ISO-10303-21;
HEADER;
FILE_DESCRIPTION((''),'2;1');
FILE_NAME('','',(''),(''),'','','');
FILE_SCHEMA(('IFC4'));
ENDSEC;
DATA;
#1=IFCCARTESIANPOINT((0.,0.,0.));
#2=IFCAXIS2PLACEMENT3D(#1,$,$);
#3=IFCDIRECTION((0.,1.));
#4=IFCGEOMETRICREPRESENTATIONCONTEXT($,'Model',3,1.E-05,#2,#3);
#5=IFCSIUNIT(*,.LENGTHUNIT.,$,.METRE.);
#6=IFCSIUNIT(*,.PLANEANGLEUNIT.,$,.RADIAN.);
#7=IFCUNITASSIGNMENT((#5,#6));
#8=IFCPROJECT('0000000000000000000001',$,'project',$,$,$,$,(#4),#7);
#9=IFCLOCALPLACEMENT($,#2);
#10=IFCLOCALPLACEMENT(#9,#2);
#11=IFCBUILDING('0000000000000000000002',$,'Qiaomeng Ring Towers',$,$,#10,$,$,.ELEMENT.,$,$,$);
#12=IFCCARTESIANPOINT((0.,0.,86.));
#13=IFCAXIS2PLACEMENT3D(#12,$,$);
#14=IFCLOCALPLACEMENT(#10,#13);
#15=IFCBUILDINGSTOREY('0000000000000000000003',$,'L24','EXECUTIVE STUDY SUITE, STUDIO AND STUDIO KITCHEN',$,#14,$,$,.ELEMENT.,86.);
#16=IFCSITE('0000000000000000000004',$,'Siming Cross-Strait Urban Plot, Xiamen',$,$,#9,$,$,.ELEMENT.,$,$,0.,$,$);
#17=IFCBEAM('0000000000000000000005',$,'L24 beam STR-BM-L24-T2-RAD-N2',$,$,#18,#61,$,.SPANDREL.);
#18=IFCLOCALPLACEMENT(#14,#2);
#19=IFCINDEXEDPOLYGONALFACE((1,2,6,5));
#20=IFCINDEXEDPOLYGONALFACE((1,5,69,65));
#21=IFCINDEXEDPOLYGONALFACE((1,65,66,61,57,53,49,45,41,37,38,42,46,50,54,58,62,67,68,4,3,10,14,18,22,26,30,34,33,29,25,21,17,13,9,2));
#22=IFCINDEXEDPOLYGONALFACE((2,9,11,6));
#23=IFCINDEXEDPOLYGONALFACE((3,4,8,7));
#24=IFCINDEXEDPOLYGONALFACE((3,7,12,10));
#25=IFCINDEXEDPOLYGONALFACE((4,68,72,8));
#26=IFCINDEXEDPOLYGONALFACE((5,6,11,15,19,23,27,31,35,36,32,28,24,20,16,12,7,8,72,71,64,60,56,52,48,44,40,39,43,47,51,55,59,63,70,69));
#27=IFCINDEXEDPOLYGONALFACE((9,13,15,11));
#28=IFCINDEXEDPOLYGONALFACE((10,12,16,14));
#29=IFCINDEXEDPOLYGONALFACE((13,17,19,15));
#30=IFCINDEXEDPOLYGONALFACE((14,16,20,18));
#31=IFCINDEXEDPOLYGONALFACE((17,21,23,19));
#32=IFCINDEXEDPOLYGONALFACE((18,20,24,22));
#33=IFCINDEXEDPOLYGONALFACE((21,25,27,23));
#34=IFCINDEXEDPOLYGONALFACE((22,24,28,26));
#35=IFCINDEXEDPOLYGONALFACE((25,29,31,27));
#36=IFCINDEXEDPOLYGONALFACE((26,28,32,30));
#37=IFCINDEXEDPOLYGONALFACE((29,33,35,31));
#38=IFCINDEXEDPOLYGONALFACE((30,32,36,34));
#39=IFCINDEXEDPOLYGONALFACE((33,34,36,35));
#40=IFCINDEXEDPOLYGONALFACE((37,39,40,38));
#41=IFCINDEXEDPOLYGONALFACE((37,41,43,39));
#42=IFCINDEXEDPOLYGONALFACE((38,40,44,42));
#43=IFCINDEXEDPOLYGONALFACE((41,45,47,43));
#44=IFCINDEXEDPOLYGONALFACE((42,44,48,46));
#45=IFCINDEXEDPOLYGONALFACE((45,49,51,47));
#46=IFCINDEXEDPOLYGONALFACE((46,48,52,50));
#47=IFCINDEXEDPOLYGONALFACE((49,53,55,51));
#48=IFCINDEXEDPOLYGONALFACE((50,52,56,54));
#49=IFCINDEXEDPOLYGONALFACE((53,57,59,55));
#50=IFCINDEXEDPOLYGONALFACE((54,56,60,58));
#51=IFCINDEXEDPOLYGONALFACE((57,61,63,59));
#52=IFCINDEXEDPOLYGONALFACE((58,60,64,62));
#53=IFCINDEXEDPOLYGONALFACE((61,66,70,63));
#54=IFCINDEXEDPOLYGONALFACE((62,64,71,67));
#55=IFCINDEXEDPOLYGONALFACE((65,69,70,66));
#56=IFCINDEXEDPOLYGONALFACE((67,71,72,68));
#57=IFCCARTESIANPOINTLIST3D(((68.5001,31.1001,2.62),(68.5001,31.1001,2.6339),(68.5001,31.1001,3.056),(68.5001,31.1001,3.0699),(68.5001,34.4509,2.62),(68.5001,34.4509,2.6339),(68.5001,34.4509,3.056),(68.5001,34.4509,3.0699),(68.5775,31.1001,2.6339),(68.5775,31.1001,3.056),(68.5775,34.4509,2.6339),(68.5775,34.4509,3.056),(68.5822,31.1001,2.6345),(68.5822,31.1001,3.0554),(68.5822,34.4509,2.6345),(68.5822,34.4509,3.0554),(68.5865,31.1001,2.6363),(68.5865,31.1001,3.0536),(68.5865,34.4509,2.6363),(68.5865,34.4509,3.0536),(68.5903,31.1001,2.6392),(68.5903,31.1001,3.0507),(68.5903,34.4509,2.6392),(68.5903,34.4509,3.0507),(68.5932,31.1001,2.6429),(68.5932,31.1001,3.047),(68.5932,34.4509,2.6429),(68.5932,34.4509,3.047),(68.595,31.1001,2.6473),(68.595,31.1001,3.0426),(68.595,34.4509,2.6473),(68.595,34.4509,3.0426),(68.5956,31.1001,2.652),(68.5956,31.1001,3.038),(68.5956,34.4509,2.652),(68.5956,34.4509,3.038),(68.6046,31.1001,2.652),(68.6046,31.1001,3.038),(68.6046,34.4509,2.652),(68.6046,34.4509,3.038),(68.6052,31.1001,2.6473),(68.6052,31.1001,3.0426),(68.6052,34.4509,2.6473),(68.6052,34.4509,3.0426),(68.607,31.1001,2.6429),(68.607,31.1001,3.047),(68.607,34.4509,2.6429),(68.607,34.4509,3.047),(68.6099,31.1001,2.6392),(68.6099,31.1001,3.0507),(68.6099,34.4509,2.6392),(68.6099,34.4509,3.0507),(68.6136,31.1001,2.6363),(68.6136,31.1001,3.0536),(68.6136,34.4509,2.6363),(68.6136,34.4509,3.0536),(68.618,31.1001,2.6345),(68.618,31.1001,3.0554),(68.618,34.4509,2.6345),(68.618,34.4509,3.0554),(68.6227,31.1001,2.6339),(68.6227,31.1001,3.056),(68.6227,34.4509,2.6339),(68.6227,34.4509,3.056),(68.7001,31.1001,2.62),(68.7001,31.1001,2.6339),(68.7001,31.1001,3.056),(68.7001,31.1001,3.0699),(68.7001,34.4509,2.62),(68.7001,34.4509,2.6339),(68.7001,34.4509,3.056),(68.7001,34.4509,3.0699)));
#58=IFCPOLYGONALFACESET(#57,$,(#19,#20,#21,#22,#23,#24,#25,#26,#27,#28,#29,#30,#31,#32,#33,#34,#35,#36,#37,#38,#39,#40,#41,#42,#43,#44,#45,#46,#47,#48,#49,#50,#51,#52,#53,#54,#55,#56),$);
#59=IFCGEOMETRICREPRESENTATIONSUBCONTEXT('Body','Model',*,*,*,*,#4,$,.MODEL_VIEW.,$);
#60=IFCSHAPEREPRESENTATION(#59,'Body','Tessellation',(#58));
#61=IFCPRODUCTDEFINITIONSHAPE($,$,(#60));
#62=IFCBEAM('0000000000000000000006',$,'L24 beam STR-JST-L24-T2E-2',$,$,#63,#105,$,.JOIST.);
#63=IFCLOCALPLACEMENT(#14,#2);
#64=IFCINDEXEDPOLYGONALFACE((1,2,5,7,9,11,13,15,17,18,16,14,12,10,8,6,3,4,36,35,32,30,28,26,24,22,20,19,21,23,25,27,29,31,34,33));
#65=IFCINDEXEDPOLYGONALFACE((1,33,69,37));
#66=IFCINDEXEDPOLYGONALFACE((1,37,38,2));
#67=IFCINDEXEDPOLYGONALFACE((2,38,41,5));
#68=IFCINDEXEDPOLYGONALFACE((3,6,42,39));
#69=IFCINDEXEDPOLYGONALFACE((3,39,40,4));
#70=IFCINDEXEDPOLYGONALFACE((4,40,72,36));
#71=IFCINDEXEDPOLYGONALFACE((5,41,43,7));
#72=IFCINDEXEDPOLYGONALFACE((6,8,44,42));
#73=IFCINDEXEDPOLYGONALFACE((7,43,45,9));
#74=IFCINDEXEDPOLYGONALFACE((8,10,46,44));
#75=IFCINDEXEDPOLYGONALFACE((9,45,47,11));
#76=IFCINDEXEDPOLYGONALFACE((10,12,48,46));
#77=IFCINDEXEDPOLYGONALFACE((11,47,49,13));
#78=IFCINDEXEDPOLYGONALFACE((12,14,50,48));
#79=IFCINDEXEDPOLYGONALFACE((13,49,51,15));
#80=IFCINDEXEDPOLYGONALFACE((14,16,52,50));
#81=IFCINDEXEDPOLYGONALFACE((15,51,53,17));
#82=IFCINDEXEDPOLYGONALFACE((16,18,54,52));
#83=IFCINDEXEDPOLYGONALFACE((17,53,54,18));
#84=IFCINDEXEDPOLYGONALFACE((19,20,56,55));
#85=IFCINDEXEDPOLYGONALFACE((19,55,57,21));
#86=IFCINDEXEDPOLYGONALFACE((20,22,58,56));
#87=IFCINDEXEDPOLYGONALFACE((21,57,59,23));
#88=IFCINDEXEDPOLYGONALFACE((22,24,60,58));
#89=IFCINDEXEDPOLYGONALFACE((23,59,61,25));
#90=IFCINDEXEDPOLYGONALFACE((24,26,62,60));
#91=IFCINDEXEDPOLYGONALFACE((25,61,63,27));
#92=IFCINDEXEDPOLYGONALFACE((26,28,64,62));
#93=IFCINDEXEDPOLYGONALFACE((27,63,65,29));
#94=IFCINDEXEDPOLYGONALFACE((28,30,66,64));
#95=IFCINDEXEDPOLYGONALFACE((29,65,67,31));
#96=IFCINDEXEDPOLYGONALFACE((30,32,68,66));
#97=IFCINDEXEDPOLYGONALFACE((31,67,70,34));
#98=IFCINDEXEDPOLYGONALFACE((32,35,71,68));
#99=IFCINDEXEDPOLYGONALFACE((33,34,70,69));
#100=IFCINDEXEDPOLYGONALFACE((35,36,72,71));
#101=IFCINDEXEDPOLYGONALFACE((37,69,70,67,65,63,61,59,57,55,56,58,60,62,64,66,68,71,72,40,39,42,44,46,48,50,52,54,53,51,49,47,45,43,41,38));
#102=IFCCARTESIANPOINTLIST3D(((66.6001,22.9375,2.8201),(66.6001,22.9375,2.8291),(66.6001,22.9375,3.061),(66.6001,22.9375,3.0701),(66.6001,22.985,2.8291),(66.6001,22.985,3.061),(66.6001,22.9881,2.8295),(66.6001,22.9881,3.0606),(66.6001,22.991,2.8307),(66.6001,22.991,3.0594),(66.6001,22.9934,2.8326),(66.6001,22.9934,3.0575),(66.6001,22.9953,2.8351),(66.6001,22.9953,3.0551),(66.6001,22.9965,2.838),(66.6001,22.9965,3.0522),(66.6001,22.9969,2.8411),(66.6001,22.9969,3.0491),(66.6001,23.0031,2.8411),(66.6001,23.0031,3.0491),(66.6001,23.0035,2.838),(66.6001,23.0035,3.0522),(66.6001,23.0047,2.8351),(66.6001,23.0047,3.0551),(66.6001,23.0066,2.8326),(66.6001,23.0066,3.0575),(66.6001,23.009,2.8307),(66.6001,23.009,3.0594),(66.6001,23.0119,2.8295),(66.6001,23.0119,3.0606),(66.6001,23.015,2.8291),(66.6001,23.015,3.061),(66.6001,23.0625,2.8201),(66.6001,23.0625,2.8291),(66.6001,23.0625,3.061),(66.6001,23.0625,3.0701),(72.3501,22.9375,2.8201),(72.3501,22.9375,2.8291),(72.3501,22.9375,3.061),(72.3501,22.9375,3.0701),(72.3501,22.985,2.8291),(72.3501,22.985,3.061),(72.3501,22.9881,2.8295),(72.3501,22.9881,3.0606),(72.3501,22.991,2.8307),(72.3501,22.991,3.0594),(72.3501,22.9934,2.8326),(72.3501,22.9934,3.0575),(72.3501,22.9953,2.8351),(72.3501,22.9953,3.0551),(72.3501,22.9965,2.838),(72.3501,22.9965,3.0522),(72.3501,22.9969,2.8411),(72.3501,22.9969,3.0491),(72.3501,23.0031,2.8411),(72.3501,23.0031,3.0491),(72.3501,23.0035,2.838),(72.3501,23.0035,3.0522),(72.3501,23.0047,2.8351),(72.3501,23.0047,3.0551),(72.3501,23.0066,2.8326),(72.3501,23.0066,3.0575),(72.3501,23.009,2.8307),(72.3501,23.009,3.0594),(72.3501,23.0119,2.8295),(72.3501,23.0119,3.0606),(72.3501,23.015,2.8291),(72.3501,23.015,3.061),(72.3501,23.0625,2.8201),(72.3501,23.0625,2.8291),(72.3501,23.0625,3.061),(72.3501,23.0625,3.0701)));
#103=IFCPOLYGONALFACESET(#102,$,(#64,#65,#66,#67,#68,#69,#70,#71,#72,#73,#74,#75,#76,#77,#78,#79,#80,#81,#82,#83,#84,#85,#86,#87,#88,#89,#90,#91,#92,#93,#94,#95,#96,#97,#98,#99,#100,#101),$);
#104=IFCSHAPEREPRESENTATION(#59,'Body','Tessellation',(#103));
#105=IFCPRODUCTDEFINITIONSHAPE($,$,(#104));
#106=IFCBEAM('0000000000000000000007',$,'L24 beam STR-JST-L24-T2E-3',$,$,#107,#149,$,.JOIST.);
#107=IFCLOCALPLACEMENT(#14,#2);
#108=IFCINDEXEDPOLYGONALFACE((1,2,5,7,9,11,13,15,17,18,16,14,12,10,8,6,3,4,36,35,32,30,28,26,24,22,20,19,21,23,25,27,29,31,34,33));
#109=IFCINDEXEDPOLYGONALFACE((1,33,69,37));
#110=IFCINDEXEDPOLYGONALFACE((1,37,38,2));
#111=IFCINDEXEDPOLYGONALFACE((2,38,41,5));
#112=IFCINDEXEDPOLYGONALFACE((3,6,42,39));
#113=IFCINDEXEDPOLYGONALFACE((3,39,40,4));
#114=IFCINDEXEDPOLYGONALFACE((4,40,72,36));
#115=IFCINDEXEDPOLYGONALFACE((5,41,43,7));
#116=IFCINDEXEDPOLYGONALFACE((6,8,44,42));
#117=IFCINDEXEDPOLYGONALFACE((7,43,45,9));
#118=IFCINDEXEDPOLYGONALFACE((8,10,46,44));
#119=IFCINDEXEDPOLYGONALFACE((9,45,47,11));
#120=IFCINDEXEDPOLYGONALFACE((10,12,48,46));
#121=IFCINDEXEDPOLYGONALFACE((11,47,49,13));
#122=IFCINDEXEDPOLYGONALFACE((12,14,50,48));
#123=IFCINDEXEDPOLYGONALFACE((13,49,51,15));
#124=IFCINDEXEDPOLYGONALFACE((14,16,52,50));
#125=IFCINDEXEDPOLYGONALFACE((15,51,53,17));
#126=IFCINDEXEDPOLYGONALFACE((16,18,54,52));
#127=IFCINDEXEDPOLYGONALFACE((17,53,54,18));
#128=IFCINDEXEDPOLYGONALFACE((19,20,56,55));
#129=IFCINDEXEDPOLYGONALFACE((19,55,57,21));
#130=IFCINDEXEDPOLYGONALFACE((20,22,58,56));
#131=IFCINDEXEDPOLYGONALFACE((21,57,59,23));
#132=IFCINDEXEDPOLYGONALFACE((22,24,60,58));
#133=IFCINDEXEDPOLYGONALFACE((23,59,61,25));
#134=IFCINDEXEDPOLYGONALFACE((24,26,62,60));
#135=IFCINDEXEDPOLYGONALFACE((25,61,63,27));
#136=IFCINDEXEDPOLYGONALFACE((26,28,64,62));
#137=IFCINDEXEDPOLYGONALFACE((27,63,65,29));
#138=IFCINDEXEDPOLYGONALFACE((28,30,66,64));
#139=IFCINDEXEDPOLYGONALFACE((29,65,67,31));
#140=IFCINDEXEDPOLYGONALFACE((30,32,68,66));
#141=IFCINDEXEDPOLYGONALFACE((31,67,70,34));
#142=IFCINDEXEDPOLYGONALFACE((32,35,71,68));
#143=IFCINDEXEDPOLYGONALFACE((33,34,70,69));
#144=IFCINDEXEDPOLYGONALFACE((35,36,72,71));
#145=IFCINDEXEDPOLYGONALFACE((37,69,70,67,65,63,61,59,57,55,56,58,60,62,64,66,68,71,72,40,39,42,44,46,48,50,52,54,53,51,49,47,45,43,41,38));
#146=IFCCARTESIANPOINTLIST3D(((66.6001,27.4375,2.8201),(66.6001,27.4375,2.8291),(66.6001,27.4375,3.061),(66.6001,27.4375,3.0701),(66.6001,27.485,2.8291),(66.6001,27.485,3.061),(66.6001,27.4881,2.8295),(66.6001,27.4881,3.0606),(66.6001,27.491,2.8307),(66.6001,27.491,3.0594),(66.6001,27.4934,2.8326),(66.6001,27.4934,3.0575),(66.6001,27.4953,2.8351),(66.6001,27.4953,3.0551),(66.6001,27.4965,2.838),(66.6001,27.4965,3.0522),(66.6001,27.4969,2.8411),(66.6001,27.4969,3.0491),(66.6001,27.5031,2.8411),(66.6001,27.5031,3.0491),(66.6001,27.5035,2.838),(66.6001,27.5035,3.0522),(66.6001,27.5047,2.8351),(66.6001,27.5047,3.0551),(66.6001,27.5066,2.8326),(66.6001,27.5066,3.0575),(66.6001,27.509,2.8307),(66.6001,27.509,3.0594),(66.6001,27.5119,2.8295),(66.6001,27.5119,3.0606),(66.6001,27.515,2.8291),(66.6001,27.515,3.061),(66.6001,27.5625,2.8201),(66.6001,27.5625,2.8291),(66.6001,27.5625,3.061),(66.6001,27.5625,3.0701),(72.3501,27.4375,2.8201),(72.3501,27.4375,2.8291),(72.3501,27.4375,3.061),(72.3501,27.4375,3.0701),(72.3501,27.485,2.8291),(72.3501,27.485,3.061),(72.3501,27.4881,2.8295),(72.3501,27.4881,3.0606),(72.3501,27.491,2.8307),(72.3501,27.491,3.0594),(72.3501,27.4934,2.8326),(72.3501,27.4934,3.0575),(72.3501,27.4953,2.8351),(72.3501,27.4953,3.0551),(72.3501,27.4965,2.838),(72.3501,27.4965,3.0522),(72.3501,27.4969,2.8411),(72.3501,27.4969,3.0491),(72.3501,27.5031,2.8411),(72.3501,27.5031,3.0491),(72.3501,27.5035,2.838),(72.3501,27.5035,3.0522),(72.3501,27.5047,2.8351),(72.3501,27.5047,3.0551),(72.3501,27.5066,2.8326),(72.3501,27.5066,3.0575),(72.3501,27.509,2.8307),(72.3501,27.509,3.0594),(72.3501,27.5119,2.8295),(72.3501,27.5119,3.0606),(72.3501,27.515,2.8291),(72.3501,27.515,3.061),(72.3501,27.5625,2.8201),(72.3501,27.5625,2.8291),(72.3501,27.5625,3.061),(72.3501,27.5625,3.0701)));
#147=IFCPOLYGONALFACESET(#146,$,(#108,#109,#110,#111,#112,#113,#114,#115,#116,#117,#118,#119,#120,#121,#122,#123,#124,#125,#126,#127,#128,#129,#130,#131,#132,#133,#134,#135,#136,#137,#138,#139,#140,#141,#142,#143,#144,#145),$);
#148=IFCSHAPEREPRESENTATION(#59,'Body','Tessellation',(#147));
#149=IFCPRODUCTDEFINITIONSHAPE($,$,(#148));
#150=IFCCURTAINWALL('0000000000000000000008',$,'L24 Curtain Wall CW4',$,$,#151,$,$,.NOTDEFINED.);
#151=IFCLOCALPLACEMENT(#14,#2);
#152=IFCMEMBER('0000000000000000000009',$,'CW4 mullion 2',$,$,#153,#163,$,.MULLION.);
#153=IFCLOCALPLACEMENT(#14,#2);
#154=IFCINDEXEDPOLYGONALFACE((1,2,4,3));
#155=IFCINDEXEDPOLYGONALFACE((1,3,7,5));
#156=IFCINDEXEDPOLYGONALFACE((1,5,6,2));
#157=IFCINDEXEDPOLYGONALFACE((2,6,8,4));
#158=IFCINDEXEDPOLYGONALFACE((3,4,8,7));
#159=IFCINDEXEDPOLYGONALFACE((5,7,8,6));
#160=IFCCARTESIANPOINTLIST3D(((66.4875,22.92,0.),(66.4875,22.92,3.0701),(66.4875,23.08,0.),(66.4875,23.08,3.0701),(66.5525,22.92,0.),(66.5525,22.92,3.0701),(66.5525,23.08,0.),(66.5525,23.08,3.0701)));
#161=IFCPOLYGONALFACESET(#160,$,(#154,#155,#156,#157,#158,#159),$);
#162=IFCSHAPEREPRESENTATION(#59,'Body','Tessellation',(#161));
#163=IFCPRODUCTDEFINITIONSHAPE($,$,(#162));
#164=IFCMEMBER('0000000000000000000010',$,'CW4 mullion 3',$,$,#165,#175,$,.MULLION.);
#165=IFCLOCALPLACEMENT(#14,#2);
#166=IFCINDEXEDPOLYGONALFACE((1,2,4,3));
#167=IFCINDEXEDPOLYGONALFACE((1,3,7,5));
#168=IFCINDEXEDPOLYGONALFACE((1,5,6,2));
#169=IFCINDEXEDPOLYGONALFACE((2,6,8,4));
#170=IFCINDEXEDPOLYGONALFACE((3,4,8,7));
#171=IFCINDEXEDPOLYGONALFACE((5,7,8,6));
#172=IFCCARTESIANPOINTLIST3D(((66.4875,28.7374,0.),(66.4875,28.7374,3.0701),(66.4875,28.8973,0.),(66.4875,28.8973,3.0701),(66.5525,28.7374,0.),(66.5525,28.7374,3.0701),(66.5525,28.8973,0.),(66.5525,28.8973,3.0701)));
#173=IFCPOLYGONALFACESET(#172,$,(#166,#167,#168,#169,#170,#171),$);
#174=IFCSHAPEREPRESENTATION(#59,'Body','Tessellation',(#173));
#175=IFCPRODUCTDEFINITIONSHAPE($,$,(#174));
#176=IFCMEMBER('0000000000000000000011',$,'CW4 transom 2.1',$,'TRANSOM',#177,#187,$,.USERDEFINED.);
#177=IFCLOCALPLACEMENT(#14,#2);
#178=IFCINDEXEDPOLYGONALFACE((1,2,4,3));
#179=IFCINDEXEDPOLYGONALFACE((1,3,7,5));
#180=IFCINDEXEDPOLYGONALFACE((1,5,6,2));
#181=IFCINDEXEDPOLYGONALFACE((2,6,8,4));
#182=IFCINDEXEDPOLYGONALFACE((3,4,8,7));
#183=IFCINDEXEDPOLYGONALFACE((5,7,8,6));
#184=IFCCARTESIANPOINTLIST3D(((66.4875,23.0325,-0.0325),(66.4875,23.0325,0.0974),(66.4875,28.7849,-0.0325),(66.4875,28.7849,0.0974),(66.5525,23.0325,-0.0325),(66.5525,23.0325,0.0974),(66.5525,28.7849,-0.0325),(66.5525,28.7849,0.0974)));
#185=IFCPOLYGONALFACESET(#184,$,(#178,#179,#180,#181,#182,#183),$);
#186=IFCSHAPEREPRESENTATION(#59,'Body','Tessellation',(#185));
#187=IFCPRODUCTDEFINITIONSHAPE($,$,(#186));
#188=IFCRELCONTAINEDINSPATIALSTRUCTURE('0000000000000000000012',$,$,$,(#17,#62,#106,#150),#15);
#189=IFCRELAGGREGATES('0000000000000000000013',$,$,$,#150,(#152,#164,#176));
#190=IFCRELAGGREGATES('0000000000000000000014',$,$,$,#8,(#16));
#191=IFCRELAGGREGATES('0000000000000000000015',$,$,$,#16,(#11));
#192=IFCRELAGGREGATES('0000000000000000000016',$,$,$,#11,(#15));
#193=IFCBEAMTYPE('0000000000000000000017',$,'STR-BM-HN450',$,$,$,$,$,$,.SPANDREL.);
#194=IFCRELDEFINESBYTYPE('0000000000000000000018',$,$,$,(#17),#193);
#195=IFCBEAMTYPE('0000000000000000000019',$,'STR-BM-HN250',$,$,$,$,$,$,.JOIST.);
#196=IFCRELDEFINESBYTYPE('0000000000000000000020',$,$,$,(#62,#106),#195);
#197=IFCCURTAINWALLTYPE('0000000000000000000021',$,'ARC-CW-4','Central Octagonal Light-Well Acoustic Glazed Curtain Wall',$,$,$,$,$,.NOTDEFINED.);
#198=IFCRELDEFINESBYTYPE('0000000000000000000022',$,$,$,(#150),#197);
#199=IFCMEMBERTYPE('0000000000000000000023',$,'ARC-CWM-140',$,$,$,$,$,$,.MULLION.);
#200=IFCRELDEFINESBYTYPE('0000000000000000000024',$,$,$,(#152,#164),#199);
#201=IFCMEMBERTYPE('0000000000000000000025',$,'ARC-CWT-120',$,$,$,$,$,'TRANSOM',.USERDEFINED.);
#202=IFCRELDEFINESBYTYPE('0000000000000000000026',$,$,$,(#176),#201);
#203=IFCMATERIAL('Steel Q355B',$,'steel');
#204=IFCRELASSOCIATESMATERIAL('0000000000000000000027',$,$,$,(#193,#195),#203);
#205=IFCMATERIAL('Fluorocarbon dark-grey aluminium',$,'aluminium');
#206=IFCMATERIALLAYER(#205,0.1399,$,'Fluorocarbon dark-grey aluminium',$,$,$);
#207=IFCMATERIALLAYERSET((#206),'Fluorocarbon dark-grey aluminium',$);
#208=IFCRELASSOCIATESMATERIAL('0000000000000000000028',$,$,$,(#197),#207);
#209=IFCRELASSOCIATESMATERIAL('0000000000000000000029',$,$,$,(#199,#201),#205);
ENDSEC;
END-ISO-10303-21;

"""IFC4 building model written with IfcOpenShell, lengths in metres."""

from ifc_helpers import new_model, si_unit, direction, frame, origin, origin_2d, place, context, subcontext, project, spatial, rectangle, i_section, extrude, source, transform, mapped, material, layer, layer_set, material_profile, profile_set, type_object, element, aggregate, save


model = new_model("IFC4")

# Units and contexts
model_context = context("Model", 3, precision=1e-05, world=origin(), true_north=direction((0.0, 1.0)))
body_context = subcontext(model_context, "Body", "Model", "MODEL_VIEW")
ifc_project = project(units=[si_unit("LENGTHUNIT", "METRE"), si_unit("PLANEANGLEUNIT", "RADIAN")], contexts=[model_context])

# Site, building, storey
site_placement = place(None, origin())
site = spatial("IfcSite", under=ifc_project, at=site_placement, Name="Siming Cross-Strait Urban Plot, Xiamen", CompositionType="ELEMENT", RefElevation=0.0)
building_placement = place(site_placement, origin())
building = spatial("IfcBuilding", under=site, at=building_placement, Name="Qiaomeng Ring Towers", CompositionType="ELEMENT")
storey_placement = place(building_placement, frame((0.0, 0.0, 86.0)))
storey = spatial("IfcBuildingStorey", under=building, at=storey_placement, Name="L24", Description="EXECUTIVE STUDY SUITE, STUDIO AND STUDIO KITCHEN", CompositionType="ELEMENT", Elevation=86.0)

# Beams
ifc_material_1 = material(Name="Steel Q355B", Category="steel")
ifc_material_profile_1 = material_profile(ifc_material_1, i_section(OverallWidth=0.2, OverallDepth=0.45, WebThickness=0.009, FlangeThickness=0.0139, FilletRadius=0.0181, at=origin_2d()), Name="HN 450x200x9x14")
ifc_profile_set_1 = profile_set([ifc_material_profile_1], Name="Steel Q355B")
beam_type_1 = type_object("IfcBeamType", Name="STR-BM-HN450", PredefinedType="SPANDREL", material=ifc_profile_set_1)
shared_shape_1 = source(origin(), body_context, "Body", "SweptSolid", [
    extrude(i_section(OverallWidth=0.2, OverallDepth=0.45, WebThickness=0.009, FlangeThickness=0.0139, FilletRadius=0.0181, at=origin_2d()), origin(), (0.0, 0.0, 1.0), 3.3508),
])
beam_1_placement = place(storey_placement, frame((68.6001, 34.4509, 2.845), z_axis=(0.0, -1.0, 0.0), x_axis=(1.0, 0.0, 0.0)))
element("IfcBeam", 1, at=beam_1_placement, inside=storey, type_object=beam_type_1, Name="L24 beam STR-BM-L24-T2-RAD-N2", PredefinedType="SPANDREL", context=body_context, shape_type="MappedRepresentation", body=[
    mapped(shared_shape_1, transform((0.0, 0.0, 0.0), x_axis=(1.0, 0.0, 0.0), y_axis=(0.0, 1.0, 0.0), z_axis=(0.0, 0.0, 1.0), scale=1.0)),
])
ifc_material_profile_2 = material_profile(ifc_material_1, i_section(OverallWidth=0.125, OverallDepth=0.25, WebThickness=0.0061, FlangeThickness=0.009, FilletRadius=0.012, at=origin_2d()), Name="HN 250x125x6x9")
ifc_profile_set_2 = profile_set([ifc_material_profile_2], Name="Steel Q355B")
beam_type_2 = type_object("IfcBeamType", Name="STR-BM-HN250", PredefinedType="JOIST", material=ifc_profile_set_2)
shared_shape_2 = source(origin(), body_context, "Body", "SweptSolid", [
    extrude(i_section(OverallWidth=0.125, OverallDepth=0.25, WebThickness=0.0061, FlangeThickness=0.009, FilletRadius=0.012, at=origin_2d()), origin(), (0.0, 0.0, 1.0), 5.75),
])
for number, where, z_axis, x_axis, name in (
    (2, (66.6001, 23.0, 2.9451), (1.0, 0.0, 0.0), (0.0, 1.0, 0.0), "L24 beam STR-JST-L24-T2E-2"),
    (3, (66.6001, 27.5, 2.9451), (1.0, 0.0, 0.0), (0.0, 1.0, 0.0), "L24 beam STR-JST-L24-T2E-3"),
):
    element("IfcBeam", number, at=place(storey_placement, frame(where, z_axis=z_axis, x_axis=x_axis)), inside=storey, type_object=beam_type_2, Name=name, PredefinedType="JOIST", context=body_context, shape_type="MappedRepresentation", body=[
        mapped(shared_shape_2, transform((0.0, 0.0, 0.0), x_axis=(1.0, 0.0, 0.0), y_axis=(0.0, 1.0, 0.0), z_axis=(0.0, 0.0, 1.0), scale=1.0)),
    ])

# Curtain wall, members
ifc_material_2 = material(Name="Fluorocarbon dark-grey aluminium", Category="aluminium")
ifc_layer_1 = layer(ifc_material_2, 0.1399, Name="Fluorocarbon dark-grey aluminium")
ifc_layer_set_1 = layer_set([ifc_layer_1], Name="Fluorocarbon dark-grey aluminium")
curtain_wall_type_1 = type_object("IfcCurtainWallType", Name="ARC-CW-4", Description="Central Octagonal Light-Well Acoustic Glazed Curtain Wall", PredefinedType="NOTDEFINED", material=ifc_layer_set_1)
curtain_wall_1_placement = place(storey_placement, origin())
curtain_wall_1 = element("IfcCurtainWall", 4, at=curtain_wall_1_placement, inside=storey, type_object=curtain_wall_type_1, Name="L24 Curtain Wall CW4", PredefinedType="NOTDEFINED")
ifc_material_profile_3 = material_profile(ifc_material_2, rectangle(XDim=0.0649, YDim=0.1599, at=origin_2d()), Name="ALU MULL 65x160")
ifc_profile_set_3 = profile_set([ifc_material_profile_3], Name="Fluorocarbon dark-grey aluminium")
member_type_1 = type_object("IfcMemberType", Name="ARC-CWM-140", PredefinedType="MULLION", material=ifc_profile_set_3)
shared_shape_3 = source(origin(), body_context, "Body", "SweptSolid", [
    extrude(rectangle(XDim=0.0649, YDim=0.1599, at=origin_2d()), origin(), (0.0, 0.0, 1.0), 3.0701),
])
member_1_placement = place(storey_placement, frame((66.52, 23.0, 0.0), z_axis=(0.0, 0.0, 1.0), x_axis=(-1.0, 0.0, 0.0)))
member_1 = element("IfcMember", 5, at=member_1_placement, type_object=member_type_1, Name="CW4 mullion 2", PredefinedType="MULLION", context=body_context, shape_type="MappedRepresentation", body=[
    mapped(shared_shape_3, transform((0.0, 0.0, 0.0), x_axis=(1.0, 0.0, 0.0), y_axis=(0.0, 1.0, 0.0), z_axis=(0.0, 0.0, 1.0), scale=1.0)),
])
member_2_placement = place(storey_placement, frame((66.52, 28.8174, 0.0), z_axis=(0.0, 0.0, 1.0), x_axis=(-1.0, 0.0, 0.0)))
member_2 = element("IfcMember", 6, at=member_2_placement, type_object=member_type_1, Name="CW4 mullion 3", PredefinedType="MULLION", context=body_context, shape_type="MappedRepresentation", body=[
    mapped(shared_shape_3, transform((0.0, 0.0, 0.0), x_axis=(1.0, 0.0, 0.0), y_axis=(0.0, 1.0, 0.0), z_axis=(0.0, 0.0, 1.0), scale=1.0)),
])
ifc_material_profile_4 = material_profile(ifc_material_2, rectangle(XDim=0.0649, YDim=0.1299, at=origin_2d()), Name="ALU TRAN 65x130")
ifc_profile_set_4 = profile_set([ifc_material_profile_4], Name="Fluorocarbon dark-grey aluminium")
member_type_2 = type_object("IfcMemberType", Name="ARC-CWT-120", ElementType="TRANSOM", PredefinedType="USERDEFINED", material=ifc_profile_set_4)
shared_shape_4 = source(origin(), body_context, "Body", "SweptSolid", [
    extrude(rectangle(XDim=0.0649, YDim=0.1299, at=origin_2d()), origin(), (0.0, 0.0, 1.0), 5.7524),
])
member_3_placement = place(storey_placement, frame((66.52, 23.0325, 0.0325), z_axis=(0.0, 1.0, 0.0), x_axis=(-1.0, 0.0, 0.0)))
member_3 = element("IfcMember", 7, at=member_3_placement, type_object=member_type_2, Name="CW4 transom 2.1", ObjectType="TRANSOM", PredefinedType="USERDEFINED", context=body_context, shape_type="MappedRepresentation", body=[
    mapped(shared_shape_4, transform((0.0, 0.0, 0.0), x_axis=(1.0, 0.0, 0.0), y_axis=(0.0, 1.0, 0.0), z_axis=(0.0, 0.0, 1.0), scale=1.0)),
])

aggregate(curtain_wall_1, [member_1, member_2, member_3])

save(model, "model.ifc")
